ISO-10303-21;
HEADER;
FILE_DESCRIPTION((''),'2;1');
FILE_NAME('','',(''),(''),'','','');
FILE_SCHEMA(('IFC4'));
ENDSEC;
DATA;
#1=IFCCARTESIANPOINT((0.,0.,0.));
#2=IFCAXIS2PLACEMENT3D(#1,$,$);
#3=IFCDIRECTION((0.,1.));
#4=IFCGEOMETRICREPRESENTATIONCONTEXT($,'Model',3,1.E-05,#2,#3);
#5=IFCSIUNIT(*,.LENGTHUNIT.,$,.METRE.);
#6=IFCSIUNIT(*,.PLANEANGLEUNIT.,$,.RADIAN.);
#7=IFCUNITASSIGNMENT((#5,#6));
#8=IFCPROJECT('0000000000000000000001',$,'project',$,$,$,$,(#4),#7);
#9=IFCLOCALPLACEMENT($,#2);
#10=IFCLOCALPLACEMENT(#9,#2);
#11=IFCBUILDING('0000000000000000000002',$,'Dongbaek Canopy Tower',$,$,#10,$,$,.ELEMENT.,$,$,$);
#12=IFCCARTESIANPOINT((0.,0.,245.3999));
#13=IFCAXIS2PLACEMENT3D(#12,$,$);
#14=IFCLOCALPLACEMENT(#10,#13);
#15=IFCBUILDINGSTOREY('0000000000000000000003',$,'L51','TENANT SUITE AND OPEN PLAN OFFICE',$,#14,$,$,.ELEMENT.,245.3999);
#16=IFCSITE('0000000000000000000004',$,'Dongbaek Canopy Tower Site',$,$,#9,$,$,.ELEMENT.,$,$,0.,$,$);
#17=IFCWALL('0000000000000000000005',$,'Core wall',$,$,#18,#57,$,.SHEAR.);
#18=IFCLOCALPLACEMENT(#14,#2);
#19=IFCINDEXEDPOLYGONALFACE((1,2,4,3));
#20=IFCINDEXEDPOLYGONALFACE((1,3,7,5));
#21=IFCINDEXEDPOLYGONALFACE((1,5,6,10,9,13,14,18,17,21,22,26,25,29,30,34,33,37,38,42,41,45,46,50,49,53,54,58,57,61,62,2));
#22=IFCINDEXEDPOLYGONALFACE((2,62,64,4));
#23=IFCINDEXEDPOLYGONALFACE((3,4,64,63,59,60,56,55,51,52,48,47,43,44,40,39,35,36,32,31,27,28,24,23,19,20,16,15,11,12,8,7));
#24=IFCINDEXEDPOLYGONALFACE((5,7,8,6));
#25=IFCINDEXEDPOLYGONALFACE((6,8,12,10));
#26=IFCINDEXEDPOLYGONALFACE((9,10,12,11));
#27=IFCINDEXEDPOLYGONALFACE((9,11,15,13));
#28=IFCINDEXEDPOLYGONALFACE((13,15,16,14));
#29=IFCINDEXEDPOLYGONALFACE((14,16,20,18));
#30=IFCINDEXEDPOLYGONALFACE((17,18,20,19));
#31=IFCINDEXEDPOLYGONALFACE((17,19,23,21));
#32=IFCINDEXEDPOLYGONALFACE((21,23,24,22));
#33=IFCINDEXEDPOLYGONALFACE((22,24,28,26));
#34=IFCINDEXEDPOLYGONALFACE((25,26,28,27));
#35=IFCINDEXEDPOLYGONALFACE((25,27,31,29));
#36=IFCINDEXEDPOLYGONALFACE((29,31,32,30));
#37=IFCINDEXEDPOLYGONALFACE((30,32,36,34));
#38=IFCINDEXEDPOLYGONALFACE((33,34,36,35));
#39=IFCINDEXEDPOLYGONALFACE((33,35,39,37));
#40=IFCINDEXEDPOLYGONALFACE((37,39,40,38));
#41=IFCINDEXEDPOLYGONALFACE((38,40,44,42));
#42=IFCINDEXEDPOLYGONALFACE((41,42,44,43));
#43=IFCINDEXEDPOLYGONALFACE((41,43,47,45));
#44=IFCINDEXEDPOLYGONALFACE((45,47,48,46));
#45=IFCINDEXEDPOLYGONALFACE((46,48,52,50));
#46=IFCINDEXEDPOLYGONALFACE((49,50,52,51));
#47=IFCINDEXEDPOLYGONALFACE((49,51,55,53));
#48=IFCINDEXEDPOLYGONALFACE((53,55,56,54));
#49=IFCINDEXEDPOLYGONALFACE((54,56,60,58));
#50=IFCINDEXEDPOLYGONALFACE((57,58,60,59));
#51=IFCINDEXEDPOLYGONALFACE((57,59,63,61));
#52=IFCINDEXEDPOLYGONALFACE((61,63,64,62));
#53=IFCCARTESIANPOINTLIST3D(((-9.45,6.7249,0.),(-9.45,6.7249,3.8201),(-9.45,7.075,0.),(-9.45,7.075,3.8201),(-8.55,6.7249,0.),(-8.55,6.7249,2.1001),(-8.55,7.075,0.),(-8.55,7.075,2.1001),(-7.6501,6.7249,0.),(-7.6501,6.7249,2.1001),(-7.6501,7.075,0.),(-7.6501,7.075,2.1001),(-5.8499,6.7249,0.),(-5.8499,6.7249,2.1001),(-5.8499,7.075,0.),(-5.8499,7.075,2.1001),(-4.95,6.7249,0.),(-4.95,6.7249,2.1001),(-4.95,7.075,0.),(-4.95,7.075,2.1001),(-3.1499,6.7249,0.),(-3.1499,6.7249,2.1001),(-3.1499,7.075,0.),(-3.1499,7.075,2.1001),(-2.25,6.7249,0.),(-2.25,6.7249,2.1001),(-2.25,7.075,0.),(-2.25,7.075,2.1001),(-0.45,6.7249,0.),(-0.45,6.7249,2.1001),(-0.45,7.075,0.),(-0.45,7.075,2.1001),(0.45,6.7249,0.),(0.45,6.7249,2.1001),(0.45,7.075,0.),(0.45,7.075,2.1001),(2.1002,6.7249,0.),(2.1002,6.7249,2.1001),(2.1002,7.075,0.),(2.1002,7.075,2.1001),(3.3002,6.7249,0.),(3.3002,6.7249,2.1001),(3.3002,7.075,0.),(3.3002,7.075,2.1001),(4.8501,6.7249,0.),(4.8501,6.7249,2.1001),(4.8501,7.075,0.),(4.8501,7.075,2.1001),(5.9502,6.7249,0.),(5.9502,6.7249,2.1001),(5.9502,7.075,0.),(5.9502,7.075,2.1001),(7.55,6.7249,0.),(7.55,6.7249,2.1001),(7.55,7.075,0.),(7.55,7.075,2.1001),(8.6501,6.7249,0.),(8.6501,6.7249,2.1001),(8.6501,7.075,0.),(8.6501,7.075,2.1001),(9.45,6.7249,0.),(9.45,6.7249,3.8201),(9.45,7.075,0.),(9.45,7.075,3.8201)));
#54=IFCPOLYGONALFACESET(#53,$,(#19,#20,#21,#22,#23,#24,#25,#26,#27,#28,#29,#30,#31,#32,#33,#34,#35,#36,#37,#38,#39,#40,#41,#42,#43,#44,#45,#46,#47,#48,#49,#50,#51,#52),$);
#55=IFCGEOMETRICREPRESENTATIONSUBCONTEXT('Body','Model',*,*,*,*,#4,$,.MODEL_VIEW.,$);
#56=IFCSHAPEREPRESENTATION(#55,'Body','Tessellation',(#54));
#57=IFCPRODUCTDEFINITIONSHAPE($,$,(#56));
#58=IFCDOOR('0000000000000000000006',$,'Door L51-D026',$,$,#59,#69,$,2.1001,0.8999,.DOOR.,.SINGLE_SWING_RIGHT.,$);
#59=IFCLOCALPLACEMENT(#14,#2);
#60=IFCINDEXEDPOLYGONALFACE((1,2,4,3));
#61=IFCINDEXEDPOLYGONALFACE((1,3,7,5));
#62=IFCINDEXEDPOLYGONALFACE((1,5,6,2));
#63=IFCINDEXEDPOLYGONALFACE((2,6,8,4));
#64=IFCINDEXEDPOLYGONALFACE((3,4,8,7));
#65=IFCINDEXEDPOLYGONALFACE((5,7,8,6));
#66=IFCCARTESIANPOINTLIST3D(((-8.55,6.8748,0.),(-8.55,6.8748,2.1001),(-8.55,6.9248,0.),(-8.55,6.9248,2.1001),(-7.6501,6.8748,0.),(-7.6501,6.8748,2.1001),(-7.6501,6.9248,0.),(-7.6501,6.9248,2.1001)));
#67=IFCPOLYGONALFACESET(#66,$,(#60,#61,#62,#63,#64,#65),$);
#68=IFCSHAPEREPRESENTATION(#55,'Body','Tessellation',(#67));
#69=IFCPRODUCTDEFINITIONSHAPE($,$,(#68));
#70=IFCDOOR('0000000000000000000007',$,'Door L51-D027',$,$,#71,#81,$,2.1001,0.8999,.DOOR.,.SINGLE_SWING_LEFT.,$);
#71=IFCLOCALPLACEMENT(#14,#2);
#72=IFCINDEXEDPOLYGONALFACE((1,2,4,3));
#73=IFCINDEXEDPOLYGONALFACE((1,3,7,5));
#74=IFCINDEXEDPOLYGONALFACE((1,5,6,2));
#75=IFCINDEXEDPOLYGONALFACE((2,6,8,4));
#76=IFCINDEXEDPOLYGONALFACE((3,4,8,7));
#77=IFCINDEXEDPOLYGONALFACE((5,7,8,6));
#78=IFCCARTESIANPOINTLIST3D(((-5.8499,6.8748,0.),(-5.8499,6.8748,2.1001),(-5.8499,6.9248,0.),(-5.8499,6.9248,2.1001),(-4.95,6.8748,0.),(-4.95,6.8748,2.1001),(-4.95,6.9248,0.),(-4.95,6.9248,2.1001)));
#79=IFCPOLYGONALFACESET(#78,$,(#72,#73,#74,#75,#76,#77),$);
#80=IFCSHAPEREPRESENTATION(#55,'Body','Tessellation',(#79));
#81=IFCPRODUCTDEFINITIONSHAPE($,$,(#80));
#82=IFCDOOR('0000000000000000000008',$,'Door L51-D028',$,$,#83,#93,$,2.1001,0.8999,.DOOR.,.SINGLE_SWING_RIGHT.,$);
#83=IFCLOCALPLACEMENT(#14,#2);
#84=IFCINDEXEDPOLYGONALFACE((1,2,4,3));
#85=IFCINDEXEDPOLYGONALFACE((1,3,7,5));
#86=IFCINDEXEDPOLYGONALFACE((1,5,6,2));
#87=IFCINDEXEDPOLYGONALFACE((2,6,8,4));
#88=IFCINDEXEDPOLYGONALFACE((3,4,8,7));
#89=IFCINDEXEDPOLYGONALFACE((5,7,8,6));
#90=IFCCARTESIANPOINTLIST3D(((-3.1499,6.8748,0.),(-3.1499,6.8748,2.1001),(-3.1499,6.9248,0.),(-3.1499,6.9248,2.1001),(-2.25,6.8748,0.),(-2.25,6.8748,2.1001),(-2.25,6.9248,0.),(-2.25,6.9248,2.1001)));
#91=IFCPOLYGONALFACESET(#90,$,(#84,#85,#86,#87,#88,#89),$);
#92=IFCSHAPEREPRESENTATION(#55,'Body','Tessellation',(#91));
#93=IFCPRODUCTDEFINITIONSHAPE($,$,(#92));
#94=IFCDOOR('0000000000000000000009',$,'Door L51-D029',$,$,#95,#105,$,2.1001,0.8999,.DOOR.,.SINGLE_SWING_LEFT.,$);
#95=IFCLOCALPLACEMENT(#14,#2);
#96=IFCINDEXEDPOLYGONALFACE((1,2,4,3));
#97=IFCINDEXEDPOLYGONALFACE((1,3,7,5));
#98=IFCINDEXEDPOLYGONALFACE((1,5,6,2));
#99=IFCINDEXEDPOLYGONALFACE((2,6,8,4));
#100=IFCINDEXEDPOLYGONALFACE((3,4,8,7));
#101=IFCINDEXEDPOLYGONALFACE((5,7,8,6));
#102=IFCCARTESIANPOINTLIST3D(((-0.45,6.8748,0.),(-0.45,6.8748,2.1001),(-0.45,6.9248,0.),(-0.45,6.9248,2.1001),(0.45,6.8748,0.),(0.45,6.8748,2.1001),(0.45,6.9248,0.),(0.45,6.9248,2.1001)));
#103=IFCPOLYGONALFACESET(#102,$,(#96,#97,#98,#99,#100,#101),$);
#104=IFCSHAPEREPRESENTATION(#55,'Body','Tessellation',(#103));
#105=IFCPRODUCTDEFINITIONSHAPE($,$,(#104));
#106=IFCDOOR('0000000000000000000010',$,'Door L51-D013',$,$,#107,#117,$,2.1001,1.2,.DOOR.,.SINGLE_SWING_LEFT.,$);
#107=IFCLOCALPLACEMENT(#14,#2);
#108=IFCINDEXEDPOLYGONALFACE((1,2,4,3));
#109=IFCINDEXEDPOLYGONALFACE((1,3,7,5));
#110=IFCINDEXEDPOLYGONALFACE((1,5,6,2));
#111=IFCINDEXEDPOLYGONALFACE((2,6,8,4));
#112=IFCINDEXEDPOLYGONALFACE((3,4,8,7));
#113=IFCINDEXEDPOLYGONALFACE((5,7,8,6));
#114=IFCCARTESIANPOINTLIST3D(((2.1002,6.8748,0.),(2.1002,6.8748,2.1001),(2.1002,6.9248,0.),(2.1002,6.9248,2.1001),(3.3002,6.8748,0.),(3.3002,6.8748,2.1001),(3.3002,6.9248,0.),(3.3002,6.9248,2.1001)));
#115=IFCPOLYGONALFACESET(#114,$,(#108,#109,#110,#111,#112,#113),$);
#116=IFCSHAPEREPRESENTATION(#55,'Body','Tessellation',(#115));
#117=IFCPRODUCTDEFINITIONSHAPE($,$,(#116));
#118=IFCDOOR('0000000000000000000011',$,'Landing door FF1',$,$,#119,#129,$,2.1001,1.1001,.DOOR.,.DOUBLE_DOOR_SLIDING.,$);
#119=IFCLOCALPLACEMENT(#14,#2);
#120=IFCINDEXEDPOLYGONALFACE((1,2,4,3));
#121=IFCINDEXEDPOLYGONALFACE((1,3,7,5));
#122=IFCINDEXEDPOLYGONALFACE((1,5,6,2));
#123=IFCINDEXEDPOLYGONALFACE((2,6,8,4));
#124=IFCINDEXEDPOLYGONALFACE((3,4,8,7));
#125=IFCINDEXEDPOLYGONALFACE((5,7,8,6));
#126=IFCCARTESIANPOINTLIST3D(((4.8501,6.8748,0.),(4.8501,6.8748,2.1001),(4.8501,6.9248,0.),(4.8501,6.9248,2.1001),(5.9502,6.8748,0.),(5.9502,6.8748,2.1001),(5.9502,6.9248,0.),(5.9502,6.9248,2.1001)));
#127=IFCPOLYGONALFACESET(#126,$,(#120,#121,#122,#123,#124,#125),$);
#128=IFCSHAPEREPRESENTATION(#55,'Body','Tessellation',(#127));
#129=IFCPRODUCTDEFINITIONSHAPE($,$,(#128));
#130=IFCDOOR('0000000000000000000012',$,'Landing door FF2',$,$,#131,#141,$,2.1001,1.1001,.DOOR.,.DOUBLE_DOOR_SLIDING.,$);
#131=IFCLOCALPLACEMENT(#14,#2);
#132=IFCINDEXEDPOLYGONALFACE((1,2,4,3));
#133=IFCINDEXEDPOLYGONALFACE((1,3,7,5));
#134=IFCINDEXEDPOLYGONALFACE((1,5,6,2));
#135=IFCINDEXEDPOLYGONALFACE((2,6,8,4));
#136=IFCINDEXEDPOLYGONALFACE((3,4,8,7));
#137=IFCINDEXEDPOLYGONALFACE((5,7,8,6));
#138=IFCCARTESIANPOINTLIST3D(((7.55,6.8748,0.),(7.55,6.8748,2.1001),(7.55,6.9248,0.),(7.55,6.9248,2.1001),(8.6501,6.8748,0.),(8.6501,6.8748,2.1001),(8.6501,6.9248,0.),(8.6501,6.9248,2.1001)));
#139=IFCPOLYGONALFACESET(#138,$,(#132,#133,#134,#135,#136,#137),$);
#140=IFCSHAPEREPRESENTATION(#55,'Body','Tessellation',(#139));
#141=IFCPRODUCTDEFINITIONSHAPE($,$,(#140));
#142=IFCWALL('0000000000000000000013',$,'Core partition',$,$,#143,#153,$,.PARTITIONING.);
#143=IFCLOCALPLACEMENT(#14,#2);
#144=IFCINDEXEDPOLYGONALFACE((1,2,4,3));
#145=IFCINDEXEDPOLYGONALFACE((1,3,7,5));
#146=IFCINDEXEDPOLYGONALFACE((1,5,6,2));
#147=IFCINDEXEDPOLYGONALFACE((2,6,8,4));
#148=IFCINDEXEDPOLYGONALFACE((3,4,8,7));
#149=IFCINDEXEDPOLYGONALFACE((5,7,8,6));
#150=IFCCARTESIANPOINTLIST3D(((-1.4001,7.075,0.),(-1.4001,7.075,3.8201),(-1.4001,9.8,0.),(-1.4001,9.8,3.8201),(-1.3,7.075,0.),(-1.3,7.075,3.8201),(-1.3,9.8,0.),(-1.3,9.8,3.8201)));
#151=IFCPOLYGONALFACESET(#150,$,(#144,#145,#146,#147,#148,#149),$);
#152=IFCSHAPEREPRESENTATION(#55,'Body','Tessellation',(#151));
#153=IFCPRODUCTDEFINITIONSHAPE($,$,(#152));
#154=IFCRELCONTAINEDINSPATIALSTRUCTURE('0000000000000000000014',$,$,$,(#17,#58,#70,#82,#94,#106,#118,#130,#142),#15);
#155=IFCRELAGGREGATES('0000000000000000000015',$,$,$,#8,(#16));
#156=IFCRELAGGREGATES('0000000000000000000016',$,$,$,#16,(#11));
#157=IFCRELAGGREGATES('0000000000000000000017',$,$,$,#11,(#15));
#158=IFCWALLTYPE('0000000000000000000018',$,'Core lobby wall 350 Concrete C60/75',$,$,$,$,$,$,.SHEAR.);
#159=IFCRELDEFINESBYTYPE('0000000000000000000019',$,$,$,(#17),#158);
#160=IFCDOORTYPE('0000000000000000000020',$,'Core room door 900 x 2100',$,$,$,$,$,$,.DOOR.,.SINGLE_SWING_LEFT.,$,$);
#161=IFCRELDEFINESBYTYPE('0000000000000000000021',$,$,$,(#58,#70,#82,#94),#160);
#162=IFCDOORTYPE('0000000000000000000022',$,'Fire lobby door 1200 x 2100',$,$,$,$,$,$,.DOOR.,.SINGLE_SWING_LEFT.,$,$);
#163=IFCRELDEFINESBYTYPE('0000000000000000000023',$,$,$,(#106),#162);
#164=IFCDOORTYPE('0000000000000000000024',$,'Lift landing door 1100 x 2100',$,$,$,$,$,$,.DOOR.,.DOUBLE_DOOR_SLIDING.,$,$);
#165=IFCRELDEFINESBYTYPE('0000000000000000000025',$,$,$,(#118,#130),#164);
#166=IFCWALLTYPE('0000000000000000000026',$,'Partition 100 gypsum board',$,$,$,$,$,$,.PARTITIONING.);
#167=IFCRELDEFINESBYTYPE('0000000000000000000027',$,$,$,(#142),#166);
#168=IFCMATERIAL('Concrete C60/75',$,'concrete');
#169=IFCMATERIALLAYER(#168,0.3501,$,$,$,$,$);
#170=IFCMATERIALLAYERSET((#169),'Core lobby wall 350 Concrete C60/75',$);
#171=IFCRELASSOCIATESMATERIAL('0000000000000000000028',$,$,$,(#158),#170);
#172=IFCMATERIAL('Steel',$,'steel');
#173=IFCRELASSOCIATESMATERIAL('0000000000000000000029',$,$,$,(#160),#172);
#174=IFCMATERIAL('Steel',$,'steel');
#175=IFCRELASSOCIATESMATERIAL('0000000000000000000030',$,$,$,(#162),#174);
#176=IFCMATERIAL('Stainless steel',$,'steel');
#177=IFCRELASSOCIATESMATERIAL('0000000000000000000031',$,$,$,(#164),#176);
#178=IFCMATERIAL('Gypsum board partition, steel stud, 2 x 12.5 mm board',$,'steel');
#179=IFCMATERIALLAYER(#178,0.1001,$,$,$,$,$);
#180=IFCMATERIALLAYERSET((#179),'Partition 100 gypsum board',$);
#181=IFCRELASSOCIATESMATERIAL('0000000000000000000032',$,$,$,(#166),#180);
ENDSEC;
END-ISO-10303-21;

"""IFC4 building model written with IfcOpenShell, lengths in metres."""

from ifc_helpers import new_model, si_unit, direction, frame, frame_2d, origin, place, context, subcontext, project, spatial, rectangle, extrude, material, layer, layer_set, type_object, element, fill, save


model = new_model("IFC4")

# Units and contexts
model_context = context("Model", 3, precision=1e-05, world=origin(), true_north=direction((0.0, 1.0)))
body_context = subcontext(model_context, "Body", "Model", "MODEL_VIEW")
ifc_project = project(units=[si_unit("LENGTHUNIT", "METRE"), si_unit("PLANEANGLEUNIT", "RADIAN")], contexts=[model_context])

# Site, building, storey
site_placement = place(None, origin())
site = spatial("IfcSite", under=ifc_project, at=site_placement, Name="Dongbaek Canopy Tower Site", CompositionType="ELEMENT", RefElevation=0.0)
building_placement = place(site_placement, origin())
building = spatial("IfcBuilding", under=site, at=building_placement, Name="Dongbaek Canopy Tower", CompositionType="ELEMENT")
storey_placement = place(building_placement, frame((0.0, 0.0, 245.3999)))
storey = spatial("IfcBuildingStorey", under=building, at=storey_placement, Name="L51", Description="TENANT SUITE AND OPEN PLAN OFFICE", CompositionType="ELEMENT", Elevation=245.3999)

# Wall, openings, doors
ifc_material_1 = material(Name="Concrete C60/75", Category="concrete")
ifc_layer_1 = layer(ifc_material_1, 0.3501)
ifc_layer_set_1 = layer_set([ifc_layer_1], Name="Core lobby wall 350 Concrete C60/75")
wall_type_1 = type_object("IfcWallType", Name="Core lobby wall 350 Concrete C60/75", PredefinedType="SHEAR", material=ifc_layer_set_1)
wall_1_placement = place(storey_placement, frame((-9.45, 6.8999, 0.0), z_axis=(0.0, 0.0, 1.0), x_axis=(1.0, 0.0, 0.0)))
wall_1 = element("IfcWall", 1, at=wall_1_placement, inside=storey, type_object=wall_type_1, Name="Core wall", PredefinedType="SHEAR", context=body_context, shape_type="SweptSolid", body=[
    extrude(rectangle(XDim=18.8999, YDim=0.3501, at=frame_2d((9.45, 0.0))), origin(), (0.0, 0.0, 1.0), 3.8201),
])
opening_1_placement = place(wall_1_placement, frame((11.55, 0.0, 0.0)))
opening_1 = element("IfcOpeningElement", 2, at=opening_1_placement, cuts=wall_1, PredefinedType="OPENING", context=body_context, shape_type="SweptSolid", body=[
    extrude(rectangle(XDim=1.2, YDim=2.1001, at=frame_2d((0.6001, 1.05))), frame((0.0, 0.1851, 0.0), z_axis=(0.0, -1.0, 0.0), x_axis=(1.0, 0.0, 0.0)), (0.0, 0.0, 1.0), 0.3701),
])
opening_2_placement = place(wall_1_placement, frame((14.3, 0.0, 0.0)))
opening_2 = element("IfcOpeningElement", 3, at=opening_2_placement, cuts=wall_1, PredefinedType="OPENING", context=body_context, shape_type="SweptSolid", body=[
    extrude(rectangle(XDim=1.1001, YDim=2.1001, at=frame_2d((0.55, 1.05))), frame((0.0, 0.1851, 0.0), z_axis=(0.0, -1.0, 0.0), x_axis=(1.0, 0.0, 0.0)), (0.0, 0.0, 1.0), 0.3701),
])
opening_3_placement = place(wall_1_placement, frame((17.0, 0.0, 0.0)))
opening_3 = element("IfcOpeningElement", 4, at=opening_3_placement, cuts=wall_1, PredefinedType="OPENING", context=body_context, shape_type="SweptSolid", body=[
    extrude(rectangle(XDim=1.1001, YDim=2.1001, at=frame_2d((0.55, 1.05))), frame((0.0, 0.1851, 0.0), z_axis=(0.0, -1.0, 0.0), x_axis=(1.0, 0.0, 0.0)), (0.0, 0.0, 1.0), 0.3701),
])
opening_4_placement = place(wall_1_placement, frame((0.8999, 0.0, 0.0)))
opening_4 = element("IfcOpeningElement", 5, at=opening_4_placement, cuts=wall_1, PredefinedType="OPENING", context=body_context, shape_type="SweptSolid", body=[
    extrude(rectangle(XDim=0.8999, YDim=2.1001, at=frame_2d((0.45, 1.05))), frame((0.0, 0.1851, 0.0), z_axis=(0.0, -1.0, 0.0), x_axis=(1.0, 0.0, 0.0)), (0.0, 0.0, 1.0), 0.3701),
])
opening_5_placement = place(wall_1_placement, frame((3.6001, 0.0, 0.0)))
opening_5 = element("IfcOpeningElement", 6, at=opening_5_placement, cuts=wall_1, PredefinedType="OPENING", context=body_context, shape_type="SweptSolid", body=[
    extrude(rectangle(XDim=0.8999, YDim=2.1001, at=frame_2d((0.45, 1.05))), frame((0.0, 0.1851, 0.0), z_axis=(0.0, -1.0, 0.0), x_axis=(1.0, 0.0, 0.0)), (0.0, 0.0, 1.0), 0.3701),
])
opening_6_placement = place(wall_1_placement, frame((6.3, 0.0, 0.0)))
opening_6 = element("IfcOpeningElement", 7, at=opening_6_placement, cuts=wall_1, PredefinedType="OPENING", context=body_context, shape_type="SweptSolid", body=[
    extrude(rectangle(XDim=0.8999, YDim=2.1001, at=frame_2d((0.45, 1.05))), frame((0.0, 0.1851, 0.0), z_axis=(0.0, -1.0, 0.0), x_axis=(1.0, 0.0, 0.0)), (0.0, 0.0, 1.0), 0.3701),
])
opening_7_placement = place(wall_1_placement, frame((9.0, 0.0, 0.0)))
opening_7 = element("IfcOpeningElement", 8, at=opening_7_placement, cuts=wall_1, PredefinedType="OPENING", context=body_context, shape_type="SweptSolid", body=[
    extrude(rectangle(XDim=0.8999, YDim=2.1001, at=frame_2d((0.45, 1.05))), frame((0.0, 0.1851, 0.0), z_axis=(0.0, -1.0, 0.0), x_axis=(1.0, 0.0, 0.0)), (0.0, 0.0, 1.0), 0.3701),
])
ifc_material_2 = material(Name="Steel", Category="steel")
door_type_1 = type_object("IfcDoorType", Name="Core room door 900 x 2100", OperationType="SINGLE_SWING_LEFT", PredefinedType="DOOR", material=ifc_material_2)
door_1_placement = place(opening_4_placement, origin())
door_1 = element("IfcDoor", 9, at=door_1_placement, inside=storey, type_object=door_type_1, Name="Door L51-D026", OperationType="SINGLE_SWING_RIGHT", OverallHeight=2.1001, OverallWidth=0.8999, PredefinedType="DOOR", context=body_context, shape_type="SweptSolid", body=[
    extrude(rectangle(XDim=0.8999, YDim=2.1001, at=frame_2d((0.45, 1.05))), frame((0.0, 0.0249, 0.0), z_axis=(0.0, -1.0, 0.0), x_axis=(1.0, 0.0, 0.0)), (0.0, 0.0, 1.0), 0.05),
])
fill(opening_4, door_1)
door_2_placement = place(opening_5_placement, origin())
door_2 = element("IfcDoor", 10, at=door_2_placement, inside=storey, type_object=door_type_1, Name="Door L51-D027", OperationType="SINGLE_SWING_LEFT", OverallHeight=2.1001, OverallWidth=0.8999, PredefinedType="DOOR", context=body_context, shape_type="SweptSolid", body=[
    extrude(rectangle(XDim=0.8999, YDim=2.1001, at=frame_2d((0.45, 1.05))), frame((0.0, 0.0249, 0.0), z_axis=(0.0, -1.0, 0.0), x_axis=(1.0, 0.0, 0.0)), (0.0, 0.0, 1.0), 0.05),
])
fill(opening_5, door_2)
door_3_placement = place(opening_6_placement, origin())
door_3 = element("IfcDoor", 11, at=door_3_placement, inside=storey, type_object=door_type_1, Name="Door L51-D028", OperationType="SINGLE_SWING_RIGHT", OverallHeight=2.1001, OverallWidth=0.8999, PredefinedType="DOOR", context=body_context, shape_type="SweptSolid", body=[
    extrude(rectangle(XDim=0.8999, YDim=2.1001, at=frame_2d((0.45, 1.05))), frame((0.0, 0.0249, 0.0), z_axis=(0.0, -1.0, 0.0), x_axis=(1.0, 0.0, 0.0)), (0.0, 0.0, 1.0), 0.05),
])
fill(opening_6, door_3)
door_4_placement = place(opening_7_placement, origin())
door_4 = element("IfcDoor", 12, at=door_4_placement, inside=storey, type_object=door_type_1, Name="Door L51-D029", OperationType="SINGLE_SWING_LEFT", OverallHeight=2.1001, OverallWidth=0.8999, PredefinedType="DOOR", context=body_context, shape_type="SweptSolid", body=[
    extrude(rectangle(XDim=0.8999, YDim=2.1001, at=frame_2d((0.45, 1.05))), frame((0.0, 0.0249, 0.0), z_axis=(0.0, -1.0, 0.0), x_axis=(1.0, 0.0, 0.0)), (0.0, 0.0, 1.0), 0.05),
])
fill(opening_7, door_4)
ifc_material_3 = material(Name="Steel", Category="steel")
door_type_2 = type_object("IfcDoorType", Name="Fire lobby door 1200 x 2100", OperationType="SINGLE_SWING_LEFT", PredefinedType="DOOR", material=ifc_material_3)
door_5_placement = place(opening_1_placement, origin())
door_5 = element("IfcDoor", 13, at=door_5_placement, inside=storey, type_object=door_type_2, Name="Door L51-D013", OperationType="SINGLE_SWING_LEFT", OverallHeight=2.1001, OverallWidth=1.2, PredefinedType="DOOR", context=body_context, shape_type="SweptSolid", body=[
    extrude(rectangle(XDim=1.2, YDim=2.1001, at=frame_2d((0.6001, 1.05))), frame((0.0, 0.0249, 0.0), z_axis=(0.0, -1.0, 0.0), x_axis=(1.0, 0.0, 0.0)), (0.0, 0.0, 1.0), 0.05),
])
fill(opening_1, door_5)
ifc_material_4 = material(Name="Stainless steel", Category="steel")
door_type_3 = type_object("IfcDoorType", Name="Lift landing door 1100 x 2100", OperationType="DOUBLE_DOOR_SLIDING", PredefinedType="DOOR", material=ifc_material_4)
door_6_placement = place(opening_2_placement, origin())
door_6 = element("IfcDoor", 14, at=door_6_placement, inside=storey, type_object=door_type_3, Name="Landing door FF1", OperationType="DOUBLE_DOOR_SLIDING", OverallHeight=2.1001, OverallWidth=1.1001, PredefinedType="DOOR", context=body_context, shape_type="SweptSolid", body=[
    extrude(rectangle(XDim=1.1001, YDim=2.1001, at=frame_2d((0.55, 1.05))), frame((0.0, 0.0249, 0.0), z_axis=(0.0, -1.0, 0.0), x_axis=(1.0, 0.0, 0.0)), (0.0, 0.0, 1.0), 0.05),
])
fill(opening_2, door_6)
door_7_placement = place(opening_3_placement, origin())
door_7 = element("IfcDoor", 15, at=door_7_placement, inside=storey, type_object=door_type_3, Name="Landing door FF2", OperationType="DOUBLE_DOOR_SLIDING", OverallHeight=2.1001, OverallWidth=1.1001, PredefinedType="DOOR", context=body_context, shape_type="SweptSolid", body=[
    extrude(rectangle(XDim=1.1001, YDim=2.1001, at=frame_2d((0.55, 1.05))), frame((0.0, 0.0249, 0.0), z_axis=(0.0, -1.0, 0.0), x_axis=(1.0, 0.0, 0.0)), (0.0, 0.0, 1.0), 0.05),
])
fill(opening_3, door_7)

# Wall
ifc_material_5 = material(Name="Gypsum board partition, steel stud, 2 x 12.5 mm board", Category="steel")
ifc_layer_2 = layer(ifc_material_5, 0.1001)
ifc_layer_set_2 = layer_set([ifc_layer_2], Name="Partition 100 gypsum board")
wall_type_2 = type_object("IfcWallType", Name="Partition 100 gypsum board", PredefinedType="PARTITIONING", material=ifc_layer_set_2)
for number, where, z_axis, x_axis, name in (
    (16, (-1.3501, 7.075, 0.0), (0.0, 0.0, 1.0), (0.0, 1.0, 0.0), "Core partition"),
):
    element("IfcWall", number, at=place(storey_placement, frame(where, z_axis=z_axis, x_axis=x_axis)), inside=storey, type_object=wall_type_2, Name=name, PredefinedType="PARTITIONING", context=body_context, shape_type="SweptSolid", body=[
        extrude(rectangle(XDim=2.7251, YDim=0.1001, at=frame_2d((1.3625, 0.0))), origin(), (0.0, 0.0, 1.0), 3.8201),
    ])

save(model, "model.ifc")
